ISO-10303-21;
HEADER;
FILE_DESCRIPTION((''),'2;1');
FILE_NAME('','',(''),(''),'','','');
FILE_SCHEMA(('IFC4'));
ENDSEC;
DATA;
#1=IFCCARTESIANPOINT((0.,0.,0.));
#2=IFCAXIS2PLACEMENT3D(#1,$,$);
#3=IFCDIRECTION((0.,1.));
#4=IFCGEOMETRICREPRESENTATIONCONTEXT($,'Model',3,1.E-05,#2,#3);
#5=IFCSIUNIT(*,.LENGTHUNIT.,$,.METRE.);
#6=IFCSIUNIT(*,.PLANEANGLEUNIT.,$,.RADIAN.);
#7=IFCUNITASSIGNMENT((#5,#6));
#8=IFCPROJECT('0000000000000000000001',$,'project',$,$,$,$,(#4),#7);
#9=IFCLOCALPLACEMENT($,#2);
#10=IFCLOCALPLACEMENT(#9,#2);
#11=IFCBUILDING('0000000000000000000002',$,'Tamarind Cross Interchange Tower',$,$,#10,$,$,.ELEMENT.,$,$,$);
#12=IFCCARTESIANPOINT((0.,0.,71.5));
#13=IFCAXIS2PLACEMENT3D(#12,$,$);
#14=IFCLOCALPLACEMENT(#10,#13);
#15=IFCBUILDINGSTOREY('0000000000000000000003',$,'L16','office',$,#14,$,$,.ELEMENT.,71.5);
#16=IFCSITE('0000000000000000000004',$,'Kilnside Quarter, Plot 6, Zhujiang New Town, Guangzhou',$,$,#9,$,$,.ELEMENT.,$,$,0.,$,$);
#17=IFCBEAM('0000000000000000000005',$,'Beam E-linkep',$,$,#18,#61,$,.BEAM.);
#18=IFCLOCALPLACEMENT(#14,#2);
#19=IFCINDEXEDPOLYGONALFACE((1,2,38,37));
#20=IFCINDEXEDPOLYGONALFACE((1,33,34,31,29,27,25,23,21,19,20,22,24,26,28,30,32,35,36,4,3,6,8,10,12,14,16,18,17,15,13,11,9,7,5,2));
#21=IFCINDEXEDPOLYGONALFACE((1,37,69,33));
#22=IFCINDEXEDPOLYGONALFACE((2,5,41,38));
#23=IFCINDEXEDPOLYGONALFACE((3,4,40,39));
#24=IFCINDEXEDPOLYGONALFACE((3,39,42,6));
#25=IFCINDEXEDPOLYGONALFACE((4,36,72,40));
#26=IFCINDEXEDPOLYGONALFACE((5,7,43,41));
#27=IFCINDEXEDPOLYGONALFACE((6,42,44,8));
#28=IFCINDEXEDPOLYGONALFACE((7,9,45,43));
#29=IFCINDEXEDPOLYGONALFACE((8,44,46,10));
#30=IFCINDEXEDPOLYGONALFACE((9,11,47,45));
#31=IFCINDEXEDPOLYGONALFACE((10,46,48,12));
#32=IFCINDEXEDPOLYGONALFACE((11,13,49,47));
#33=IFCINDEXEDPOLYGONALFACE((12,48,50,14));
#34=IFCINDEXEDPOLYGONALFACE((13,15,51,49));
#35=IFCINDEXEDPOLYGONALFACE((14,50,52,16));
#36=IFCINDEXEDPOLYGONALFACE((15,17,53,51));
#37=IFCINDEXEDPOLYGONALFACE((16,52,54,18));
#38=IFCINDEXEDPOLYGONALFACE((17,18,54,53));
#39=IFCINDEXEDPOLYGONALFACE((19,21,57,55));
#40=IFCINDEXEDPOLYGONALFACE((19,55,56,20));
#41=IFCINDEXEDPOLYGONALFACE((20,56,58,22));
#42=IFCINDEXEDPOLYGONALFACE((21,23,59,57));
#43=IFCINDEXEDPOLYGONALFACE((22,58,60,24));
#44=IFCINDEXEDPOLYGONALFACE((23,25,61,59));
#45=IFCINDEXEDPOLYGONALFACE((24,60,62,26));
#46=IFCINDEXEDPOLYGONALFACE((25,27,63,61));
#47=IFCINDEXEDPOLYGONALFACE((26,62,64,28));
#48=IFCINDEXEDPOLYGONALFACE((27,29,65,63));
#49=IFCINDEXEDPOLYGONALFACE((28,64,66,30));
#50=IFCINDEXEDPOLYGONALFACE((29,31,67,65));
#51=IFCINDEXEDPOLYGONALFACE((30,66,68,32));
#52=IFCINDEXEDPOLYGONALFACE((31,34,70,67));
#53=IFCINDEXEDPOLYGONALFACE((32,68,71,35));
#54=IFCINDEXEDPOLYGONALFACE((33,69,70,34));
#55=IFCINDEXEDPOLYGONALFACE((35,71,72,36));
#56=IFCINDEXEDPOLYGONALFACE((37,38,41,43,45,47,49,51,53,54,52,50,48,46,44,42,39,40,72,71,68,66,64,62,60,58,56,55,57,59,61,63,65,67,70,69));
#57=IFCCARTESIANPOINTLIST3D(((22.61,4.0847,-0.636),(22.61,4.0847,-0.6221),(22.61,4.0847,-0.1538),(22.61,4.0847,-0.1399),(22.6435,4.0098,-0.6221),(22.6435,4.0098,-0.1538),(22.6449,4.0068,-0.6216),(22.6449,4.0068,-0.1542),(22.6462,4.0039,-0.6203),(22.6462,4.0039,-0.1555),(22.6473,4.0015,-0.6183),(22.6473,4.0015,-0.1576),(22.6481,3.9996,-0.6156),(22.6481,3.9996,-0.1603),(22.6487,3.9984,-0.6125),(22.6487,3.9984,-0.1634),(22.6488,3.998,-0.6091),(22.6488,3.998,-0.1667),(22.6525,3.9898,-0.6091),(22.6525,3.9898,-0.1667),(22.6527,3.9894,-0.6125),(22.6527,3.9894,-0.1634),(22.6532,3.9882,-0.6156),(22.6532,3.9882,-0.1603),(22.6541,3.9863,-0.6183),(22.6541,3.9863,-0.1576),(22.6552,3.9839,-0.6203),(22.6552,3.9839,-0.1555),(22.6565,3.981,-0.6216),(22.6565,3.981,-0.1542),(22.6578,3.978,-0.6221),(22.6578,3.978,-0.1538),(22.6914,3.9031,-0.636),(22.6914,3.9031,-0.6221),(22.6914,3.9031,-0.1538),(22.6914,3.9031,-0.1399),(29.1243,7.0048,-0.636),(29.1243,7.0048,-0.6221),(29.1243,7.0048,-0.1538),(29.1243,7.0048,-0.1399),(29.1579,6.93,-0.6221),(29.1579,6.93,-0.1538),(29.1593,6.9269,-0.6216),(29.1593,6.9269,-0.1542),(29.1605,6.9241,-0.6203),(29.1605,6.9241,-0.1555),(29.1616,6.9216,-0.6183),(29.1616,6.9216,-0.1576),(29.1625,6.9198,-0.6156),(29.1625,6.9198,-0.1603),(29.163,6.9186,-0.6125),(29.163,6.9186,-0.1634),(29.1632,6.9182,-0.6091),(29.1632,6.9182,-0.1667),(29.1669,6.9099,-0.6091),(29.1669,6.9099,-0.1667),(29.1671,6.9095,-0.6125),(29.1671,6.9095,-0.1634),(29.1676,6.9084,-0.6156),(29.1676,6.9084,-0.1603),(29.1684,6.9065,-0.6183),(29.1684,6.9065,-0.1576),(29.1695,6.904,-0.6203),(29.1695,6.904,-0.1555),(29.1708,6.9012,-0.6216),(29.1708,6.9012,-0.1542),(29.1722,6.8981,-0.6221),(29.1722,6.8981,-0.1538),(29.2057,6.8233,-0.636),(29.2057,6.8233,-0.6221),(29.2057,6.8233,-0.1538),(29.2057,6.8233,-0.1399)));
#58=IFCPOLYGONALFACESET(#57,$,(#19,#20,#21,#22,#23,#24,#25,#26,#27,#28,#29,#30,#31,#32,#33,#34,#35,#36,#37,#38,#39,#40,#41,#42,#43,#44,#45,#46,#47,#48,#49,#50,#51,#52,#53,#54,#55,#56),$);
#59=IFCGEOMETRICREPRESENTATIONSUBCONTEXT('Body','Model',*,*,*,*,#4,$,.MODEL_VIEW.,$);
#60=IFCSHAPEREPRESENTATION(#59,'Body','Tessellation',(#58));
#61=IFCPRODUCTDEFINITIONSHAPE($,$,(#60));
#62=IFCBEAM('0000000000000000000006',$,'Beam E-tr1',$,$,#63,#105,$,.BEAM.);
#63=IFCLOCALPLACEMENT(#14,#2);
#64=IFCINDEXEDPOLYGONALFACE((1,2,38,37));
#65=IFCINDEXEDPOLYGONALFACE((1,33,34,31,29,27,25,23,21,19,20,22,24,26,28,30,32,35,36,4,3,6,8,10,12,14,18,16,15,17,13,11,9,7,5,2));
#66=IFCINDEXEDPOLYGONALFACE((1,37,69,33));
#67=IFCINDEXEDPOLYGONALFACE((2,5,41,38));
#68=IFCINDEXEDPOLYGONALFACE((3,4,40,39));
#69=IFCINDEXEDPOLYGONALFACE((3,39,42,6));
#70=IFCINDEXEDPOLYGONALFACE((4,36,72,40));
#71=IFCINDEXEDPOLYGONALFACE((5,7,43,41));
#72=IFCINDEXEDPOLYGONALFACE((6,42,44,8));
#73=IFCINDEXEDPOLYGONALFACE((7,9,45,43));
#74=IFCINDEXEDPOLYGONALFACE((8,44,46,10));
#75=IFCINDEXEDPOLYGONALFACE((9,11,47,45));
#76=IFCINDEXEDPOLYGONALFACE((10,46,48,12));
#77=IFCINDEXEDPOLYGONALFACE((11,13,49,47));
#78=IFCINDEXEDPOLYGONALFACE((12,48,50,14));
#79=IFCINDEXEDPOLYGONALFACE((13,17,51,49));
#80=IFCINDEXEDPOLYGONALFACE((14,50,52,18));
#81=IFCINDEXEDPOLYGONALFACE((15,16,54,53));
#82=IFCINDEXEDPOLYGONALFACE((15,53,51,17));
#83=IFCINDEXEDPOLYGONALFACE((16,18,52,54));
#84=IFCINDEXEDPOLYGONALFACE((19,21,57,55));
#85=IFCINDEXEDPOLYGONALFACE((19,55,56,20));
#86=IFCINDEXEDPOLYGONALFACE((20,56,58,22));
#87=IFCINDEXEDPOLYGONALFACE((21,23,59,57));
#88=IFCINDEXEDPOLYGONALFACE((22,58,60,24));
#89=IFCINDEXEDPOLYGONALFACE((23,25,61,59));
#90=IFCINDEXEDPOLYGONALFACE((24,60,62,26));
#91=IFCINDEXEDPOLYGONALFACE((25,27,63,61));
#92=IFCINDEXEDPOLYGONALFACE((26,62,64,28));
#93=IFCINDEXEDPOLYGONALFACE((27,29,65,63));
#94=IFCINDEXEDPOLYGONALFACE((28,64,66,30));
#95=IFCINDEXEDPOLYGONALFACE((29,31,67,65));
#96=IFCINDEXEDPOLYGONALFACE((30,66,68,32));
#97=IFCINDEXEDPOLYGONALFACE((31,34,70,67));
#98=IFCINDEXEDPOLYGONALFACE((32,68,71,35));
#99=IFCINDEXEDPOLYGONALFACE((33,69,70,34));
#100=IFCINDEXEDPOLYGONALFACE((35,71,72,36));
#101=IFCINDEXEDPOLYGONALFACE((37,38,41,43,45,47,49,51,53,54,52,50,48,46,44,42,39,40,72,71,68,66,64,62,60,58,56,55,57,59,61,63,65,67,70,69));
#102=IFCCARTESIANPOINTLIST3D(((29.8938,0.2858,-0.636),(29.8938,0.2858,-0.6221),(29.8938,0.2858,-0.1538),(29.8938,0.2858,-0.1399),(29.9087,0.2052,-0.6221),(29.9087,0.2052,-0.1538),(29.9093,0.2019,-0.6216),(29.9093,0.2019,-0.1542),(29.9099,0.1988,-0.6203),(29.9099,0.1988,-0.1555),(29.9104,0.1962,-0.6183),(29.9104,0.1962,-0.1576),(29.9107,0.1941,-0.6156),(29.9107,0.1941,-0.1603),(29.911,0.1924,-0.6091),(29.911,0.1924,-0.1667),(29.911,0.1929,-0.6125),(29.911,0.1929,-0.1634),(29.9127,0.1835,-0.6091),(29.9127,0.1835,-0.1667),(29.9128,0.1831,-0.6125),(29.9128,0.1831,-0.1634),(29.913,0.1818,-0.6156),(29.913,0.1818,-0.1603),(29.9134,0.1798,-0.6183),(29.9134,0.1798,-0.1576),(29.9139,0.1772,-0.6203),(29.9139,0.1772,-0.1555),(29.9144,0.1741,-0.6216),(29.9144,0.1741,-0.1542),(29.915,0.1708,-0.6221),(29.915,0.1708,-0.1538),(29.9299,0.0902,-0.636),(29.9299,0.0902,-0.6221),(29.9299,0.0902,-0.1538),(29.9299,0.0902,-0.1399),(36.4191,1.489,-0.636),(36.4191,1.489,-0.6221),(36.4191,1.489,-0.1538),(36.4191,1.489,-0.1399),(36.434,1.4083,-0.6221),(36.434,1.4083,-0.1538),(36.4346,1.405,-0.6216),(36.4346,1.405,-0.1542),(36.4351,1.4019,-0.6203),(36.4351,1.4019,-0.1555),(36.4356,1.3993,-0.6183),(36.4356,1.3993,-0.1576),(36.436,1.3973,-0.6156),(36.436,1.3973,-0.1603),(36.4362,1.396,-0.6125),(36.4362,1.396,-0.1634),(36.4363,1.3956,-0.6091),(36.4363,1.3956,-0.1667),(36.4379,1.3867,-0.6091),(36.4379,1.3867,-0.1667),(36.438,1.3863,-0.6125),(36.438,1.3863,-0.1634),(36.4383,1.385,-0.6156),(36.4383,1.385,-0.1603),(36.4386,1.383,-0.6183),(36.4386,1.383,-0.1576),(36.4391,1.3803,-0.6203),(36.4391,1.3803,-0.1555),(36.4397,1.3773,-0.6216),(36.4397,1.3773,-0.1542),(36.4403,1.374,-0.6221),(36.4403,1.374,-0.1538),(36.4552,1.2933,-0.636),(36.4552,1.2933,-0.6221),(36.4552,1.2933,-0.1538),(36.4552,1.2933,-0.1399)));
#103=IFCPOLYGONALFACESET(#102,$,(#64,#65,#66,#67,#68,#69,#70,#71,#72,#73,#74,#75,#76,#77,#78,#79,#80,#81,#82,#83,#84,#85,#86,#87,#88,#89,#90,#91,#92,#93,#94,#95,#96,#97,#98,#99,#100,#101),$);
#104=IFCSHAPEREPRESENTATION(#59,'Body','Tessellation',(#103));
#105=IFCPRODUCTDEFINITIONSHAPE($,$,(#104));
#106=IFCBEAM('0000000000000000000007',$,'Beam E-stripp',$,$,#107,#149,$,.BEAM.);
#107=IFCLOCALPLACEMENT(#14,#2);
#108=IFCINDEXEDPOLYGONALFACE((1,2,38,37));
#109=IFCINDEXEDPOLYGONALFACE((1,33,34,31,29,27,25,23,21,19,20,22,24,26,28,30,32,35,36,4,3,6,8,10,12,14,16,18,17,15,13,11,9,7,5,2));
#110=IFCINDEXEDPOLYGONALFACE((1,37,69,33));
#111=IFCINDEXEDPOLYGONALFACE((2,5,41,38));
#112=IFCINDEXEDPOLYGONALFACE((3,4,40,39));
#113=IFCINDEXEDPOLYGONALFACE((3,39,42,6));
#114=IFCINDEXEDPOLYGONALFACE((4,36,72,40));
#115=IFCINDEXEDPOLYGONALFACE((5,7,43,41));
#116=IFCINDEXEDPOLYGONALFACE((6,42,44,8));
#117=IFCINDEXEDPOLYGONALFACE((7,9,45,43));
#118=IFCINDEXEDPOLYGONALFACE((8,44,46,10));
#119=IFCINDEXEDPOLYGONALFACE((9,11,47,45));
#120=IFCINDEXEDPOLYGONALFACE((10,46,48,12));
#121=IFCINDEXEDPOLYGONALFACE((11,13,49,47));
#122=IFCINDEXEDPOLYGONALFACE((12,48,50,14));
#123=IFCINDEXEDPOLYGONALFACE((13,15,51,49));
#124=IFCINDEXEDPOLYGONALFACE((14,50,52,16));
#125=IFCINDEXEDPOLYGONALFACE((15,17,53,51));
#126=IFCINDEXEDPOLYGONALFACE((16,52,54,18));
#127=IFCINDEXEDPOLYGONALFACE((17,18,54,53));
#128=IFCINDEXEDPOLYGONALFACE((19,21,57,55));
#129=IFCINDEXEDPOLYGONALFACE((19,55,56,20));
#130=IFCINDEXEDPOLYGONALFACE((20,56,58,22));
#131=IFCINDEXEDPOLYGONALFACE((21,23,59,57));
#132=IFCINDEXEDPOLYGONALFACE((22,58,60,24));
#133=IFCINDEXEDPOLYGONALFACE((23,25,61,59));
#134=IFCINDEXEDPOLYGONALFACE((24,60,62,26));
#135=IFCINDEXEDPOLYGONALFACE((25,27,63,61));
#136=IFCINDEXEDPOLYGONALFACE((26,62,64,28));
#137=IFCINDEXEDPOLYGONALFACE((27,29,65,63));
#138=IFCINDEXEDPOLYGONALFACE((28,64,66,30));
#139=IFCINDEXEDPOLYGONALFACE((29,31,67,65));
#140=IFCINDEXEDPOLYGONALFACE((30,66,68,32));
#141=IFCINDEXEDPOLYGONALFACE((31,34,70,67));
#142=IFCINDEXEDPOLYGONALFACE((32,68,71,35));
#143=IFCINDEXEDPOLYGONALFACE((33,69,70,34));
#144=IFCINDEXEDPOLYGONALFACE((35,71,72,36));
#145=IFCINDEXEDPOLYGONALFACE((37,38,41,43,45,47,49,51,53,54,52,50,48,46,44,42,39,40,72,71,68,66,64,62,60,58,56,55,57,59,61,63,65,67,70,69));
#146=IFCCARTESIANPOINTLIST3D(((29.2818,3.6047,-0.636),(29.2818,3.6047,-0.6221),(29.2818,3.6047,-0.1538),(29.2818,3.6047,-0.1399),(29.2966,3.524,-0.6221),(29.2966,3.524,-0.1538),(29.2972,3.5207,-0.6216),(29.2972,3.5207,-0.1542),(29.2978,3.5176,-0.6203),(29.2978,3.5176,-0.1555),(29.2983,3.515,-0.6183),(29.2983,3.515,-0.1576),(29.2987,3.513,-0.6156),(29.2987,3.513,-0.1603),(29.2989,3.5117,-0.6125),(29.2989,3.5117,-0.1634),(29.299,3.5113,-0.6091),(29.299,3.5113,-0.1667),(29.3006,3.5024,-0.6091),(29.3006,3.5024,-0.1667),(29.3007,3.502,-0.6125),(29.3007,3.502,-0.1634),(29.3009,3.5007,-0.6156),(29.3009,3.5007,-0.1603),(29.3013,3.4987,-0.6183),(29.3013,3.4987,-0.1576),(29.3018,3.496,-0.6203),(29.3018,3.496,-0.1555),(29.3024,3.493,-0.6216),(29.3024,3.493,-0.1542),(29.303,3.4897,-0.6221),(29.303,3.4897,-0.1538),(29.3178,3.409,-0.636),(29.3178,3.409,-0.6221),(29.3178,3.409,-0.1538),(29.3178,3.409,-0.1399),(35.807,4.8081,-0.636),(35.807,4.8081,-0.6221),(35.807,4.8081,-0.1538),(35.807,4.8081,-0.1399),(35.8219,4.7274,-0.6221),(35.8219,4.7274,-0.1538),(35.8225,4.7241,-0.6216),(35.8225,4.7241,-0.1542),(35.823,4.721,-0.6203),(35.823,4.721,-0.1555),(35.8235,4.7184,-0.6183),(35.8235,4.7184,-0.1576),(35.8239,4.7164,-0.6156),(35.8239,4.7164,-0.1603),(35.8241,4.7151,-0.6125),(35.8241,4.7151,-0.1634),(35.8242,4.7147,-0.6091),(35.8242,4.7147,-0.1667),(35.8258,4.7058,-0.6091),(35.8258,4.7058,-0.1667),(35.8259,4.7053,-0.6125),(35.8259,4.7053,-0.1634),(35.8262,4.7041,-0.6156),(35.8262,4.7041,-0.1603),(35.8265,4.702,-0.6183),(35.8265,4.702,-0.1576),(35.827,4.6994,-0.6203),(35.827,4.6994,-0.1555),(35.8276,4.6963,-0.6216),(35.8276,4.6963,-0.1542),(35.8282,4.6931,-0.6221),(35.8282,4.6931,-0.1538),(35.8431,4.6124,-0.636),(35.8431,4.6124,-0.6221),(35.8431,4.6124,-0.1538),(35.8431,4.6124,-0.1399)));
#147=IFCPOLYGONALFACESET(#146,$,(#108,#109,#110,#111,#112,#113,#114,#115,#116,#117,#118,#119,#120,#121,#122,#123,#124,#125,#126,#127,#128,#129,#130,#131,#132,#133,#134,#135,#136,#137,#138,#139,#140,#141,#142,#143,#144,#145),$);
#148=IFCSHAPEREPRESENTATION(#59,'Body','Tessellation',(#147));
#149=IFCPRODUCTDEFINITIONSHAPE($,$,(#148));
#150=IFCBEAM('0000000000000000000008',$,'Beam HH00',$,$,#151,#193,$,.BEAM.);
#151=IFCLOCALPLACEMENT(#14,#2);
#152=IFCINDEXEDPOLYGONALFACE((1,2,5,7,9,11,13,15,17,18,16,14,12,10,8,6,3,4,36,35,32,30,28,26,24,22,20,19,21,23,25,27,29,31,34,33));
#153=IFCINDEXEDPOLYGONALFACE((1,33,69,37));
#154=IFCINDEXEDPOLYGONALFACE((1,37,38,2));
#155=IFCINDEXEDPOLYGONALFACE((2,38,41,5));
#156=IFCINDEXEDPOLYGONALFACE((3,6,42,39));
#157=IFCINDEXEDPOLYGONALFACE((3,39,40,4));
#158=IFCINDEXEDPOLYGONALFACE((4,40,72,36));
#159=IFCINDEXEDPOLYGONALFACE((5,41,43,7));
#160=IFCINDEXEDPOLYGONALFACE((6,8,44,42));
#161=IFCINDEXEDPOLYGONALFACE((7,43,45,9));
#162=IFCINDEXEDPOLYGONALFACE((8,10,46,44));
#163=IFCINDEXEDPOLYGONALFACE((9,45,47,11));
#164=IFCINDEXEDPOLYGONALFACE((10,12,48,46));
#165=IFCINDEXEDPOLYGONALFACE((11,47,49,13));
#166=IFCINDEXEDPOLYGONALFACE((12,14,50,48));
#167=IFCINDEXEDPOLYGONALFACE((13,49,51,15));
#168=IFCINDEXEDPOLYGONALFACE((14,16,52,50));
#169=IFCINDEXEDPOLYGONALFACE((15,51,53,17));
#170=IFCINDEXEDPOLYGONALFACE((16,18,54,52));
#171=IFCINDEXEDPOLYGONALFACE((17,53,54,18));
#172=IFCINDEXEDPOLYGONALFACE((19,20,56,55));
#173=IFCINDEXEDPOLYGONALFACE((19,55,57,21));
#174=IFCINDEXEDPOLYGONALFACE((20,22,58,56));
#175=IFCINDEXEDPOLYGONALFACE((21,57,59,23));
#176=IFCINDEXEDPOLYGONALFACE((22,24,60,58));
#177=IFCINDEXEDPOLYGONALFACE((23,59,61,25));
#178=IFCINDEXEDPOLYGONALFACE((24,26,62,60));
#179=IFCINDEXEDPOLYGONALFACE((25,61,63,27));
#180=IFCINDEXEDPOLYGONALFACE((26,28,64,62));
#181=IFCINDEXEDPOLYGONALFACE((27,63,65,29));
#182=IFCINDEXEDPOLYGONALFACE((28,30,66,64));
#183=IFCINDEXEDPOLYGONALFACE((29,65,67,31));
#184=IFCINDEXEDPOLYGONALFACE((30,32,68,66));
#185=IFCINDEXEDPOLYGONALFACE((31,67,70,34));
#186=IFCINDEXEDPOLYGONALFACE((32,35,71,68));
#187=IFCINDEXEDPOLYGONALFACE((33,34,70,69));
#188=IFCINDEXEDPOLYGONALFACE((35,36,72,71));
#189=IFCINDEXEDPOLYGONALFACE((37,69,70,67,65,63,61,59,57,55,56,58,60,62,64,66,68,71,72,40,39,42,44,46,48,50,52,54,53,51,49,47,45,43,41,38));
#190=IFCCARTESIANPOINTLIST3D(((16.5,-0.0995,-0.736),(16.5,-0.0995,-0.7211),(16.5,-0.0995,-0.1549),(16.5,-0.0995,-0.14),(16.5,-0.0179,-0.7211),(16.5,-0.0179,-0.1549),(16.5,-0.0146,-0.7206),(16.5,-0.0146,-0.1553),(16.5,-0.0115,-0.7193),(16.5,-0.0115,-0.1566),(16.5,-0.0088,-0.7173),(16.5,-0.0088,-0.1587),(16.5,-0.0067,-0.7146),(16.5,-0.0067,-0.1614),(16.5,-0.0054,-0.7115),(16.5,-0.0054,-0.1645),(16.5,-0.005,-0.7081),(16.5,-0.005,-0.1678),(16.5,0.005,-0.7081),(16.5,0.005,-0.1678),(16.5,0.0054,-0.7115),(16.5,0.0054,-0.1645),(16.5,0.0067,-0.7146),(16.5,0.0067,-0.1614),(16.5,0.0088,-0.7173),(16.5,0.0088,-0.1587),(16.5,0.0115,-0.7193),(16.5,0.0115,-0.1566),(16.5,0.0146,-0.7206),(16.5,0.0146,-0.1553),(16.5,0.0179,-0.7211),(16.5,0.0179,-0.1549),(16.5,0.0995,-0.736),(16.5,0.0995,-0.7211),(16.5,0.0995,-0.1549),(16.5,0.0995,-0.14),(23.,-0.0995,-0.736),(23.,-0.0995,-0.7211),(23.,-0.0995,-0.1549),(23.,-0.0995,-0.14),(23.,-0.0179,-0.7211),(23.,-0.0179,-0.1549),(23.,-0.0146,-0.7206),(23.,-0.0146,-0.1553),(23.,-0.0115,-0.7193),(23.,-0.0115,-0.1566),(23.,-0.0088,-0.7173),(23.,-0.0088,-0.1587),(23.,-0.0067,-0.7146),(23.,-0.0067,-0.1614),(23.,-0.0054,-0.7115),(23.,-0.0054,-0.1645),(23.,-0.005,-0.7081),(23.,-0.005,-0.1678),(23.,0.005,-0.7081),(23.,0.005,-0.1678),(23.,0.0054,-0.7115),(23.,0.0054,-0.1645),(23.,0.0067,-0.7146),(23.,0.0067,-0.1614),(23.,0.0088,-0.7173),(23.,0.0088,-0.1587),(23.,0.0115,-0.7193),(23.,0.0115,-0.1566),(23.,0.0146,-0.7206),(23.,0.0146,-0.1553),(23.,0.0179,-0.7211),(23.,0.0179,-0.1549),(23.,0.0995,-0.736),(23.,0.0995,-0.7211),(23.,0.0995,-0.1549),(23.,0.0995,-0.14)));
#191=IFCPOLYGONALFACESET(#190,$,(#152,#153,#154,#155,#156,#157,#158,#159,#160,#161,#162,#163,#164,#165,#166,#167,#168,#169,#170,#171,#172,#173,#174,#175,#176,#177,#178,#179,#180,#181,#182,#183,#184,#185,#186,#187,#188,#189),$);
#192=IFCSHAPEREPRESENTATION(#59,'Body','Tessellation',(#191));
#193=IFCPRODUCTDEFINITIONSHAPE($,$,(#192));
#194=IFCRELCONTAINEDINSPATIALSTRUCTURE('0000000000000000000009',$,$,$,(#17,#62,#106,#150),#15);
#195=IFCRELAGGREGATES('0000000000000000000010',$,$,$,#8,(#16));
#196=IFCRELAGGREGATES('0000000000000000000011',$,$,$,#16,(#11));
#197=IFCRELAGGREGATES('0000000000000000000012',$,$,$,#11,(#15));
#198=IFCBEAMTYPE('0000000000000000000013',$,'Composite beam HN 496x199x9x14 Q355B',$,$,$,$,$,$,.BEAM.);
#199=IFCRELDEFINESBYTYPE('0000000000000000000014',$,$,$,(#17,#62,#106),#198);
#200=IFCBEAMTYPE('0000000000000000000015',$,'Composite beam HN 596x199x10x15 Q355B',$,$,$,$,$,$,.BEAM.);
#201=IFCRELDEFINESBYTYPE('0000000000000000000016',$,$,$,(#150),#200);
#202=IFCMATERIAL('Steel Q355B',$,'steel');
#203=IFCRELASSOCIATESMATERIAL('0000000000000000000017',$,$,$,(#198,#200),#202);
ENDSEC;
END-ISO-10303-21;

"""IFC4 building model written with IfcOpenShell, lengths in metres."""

from ifc_helpers import new_model, si_unit, direction, frame, origin, origin_2d, place, context, subcontext, project, spatial, i_section, extrude, material, material_profile, profile_set, type_object, element, save


model = new_model("IFC4")

# Units and contexts
model_context = context("Model", 3, precision=1e-05, world=origin(), true_north=direction((0.0, 1.0)))
body_context = subcontext(model_context, "Body", "Model", "MODEL_VIEW")
ifc_project = project(units=[si_unit("LENGTHUNIT", "METRE"), si_unit("PLANEANGLEUNIT", "RADIAN")], contexts=[model_context])

# Site, building, storey
site_placement = place(None, origin())
site = spatial("IfcSite", under=ifc_project, at=site_placement, Name="Kilnside Quarter, Plot 6, Zhujiang New Town, Guangzhou", CompositionType="ELEMENT", RefElevation=0.0)
building_placement = place(site_placement, origin())
building = spatial("IfcBuilding", under=site, at=building_placement, Name="Tamarind Cross Interchange Tower", CompositionType="ELEMENT")
storey_placement = place(building_placement, frame((0.0, 0.0, 71.5)))
storey = spatial("IfcBuildingStorey", under=building, at=storey_placement, Name="L16", Description="office", CompositionType="ELEMENT", Elevation=71.5)

# Beams
ifc_material_1 = material(Name="Steel Q355B", Category="steel")
ifc_material_profile_1 = material_profile(ifc_material_1, i_section(OverallWidth=0.199, OverallDepth=0.4961, WebThickness=0.009, FlangeThickness=0.0139, FilletRadius=0.0129, at=origin_2d()), Name="HN 496x199x9x14")
ifc_profile_set_1 = profile_set([ifc_material_profile_1], Name="Steel Q355B")
beam_type_1 = type_object("IfcBeamType", Name="Composite beam HN 496x199x9x14 Q355B", PredefinedType="BEAM", material=ifc_profile_set_1)
beam_1_placement = place(storey_placement, frame((29.165, 6.9141, -0.3879), z_axis=(-0.912514, -0.409046, 0.0), x_axis=(0.409046, -0.912514, 0.0)))
element("IfcBeam", 1, at=beam_1_placement, inside=storey, type_object=beam_type_1, Name="Beam E-linkep", PredefinedType="BEAM", context=body_context, shape_type="SweptSolid", body=[
    extrude(i_section(OverallWidth=0.199, OverallDepth=0.4961, WebThickness=0.009, FlangeThickness=0.0139, FilletRadius=0.0129, at=origin_2d()), origin(), (0.0, 0.0, 1.0), 7.1389),
])
for number, where, z_axis, x_axis, name in (
    (2, (29.9119, 0.188, -0.3879), (0.983423, 0.181326, 0.0), (-0.181326, 0.983423, 0.0), "Beam E-tr1"),
    (3, (29.2998, 3.5068, -0.3879), (0.983416, 0.181362, 0.0), (-0.181362, 0.983416, 0.0), "Beam E-stripp"),
):
    element("IfcBeam", number, at=place(storey_placement, frame(where, z_axis=z_axis, x_axis=x_axis)), inside=storey, type_object=beam_type_1, Name=name, PredefinedType="BEAM", context=body_context, shape_type="SweptSolid", body=[
        extrude(i_section(OverallWidth=0.199, OverallDepth=0.4961, WebThickness=0.009, FlangeThickness=0.0139, FilletRadius=0.0129, at=origin_2d()), origin(), (0.0, 0.0, 1.0), 6.6353),
    ])
ifc_material_profile_2 = material_profile(ifc_material_1, i_section(OverallWidth=0.199, OverallDepth=0.5959, WebThickness=0.01, FlangeThickness=0.0149, FilletRadius=0.0129, at=origin_2d()), Name="HN 596x199x10x15")
ifc_profile_set_2 = profile_set([ifc_material_profile_2], Name="Steel Q355B")
beam_type_2 = type_object("IfcBeamType", Name="Composite beam HN 596x199x10x15 Q355B", PredefinedType="BEAM", material=ifc_profile_set_2)
beam_2_placement = place(storey_placement, frame((23.0, 0.0, -0.438), z_axis=(-1.0, 0.0, 0.0), x_axis=(0.0, -1.0, 0.0)))
element("IfcBeam", 4, at=beam_2_placement, inside=storey, type_object=beam_type_2, Name="Beam HH00", PredefinedType="BEAM", context=body_context, shape_type="SweptSolid", body=[
    extrude(i_section(OverallWidth=0.199, OverallDepth=0.5959, WebThickness=0.01, FlangeThickness=0.0149, FilletRadius=0.0129, at=origin_2d()), origin(), (0.0, 0.0, 1.0), 6.5),
])

save(model, "model.ifc")
